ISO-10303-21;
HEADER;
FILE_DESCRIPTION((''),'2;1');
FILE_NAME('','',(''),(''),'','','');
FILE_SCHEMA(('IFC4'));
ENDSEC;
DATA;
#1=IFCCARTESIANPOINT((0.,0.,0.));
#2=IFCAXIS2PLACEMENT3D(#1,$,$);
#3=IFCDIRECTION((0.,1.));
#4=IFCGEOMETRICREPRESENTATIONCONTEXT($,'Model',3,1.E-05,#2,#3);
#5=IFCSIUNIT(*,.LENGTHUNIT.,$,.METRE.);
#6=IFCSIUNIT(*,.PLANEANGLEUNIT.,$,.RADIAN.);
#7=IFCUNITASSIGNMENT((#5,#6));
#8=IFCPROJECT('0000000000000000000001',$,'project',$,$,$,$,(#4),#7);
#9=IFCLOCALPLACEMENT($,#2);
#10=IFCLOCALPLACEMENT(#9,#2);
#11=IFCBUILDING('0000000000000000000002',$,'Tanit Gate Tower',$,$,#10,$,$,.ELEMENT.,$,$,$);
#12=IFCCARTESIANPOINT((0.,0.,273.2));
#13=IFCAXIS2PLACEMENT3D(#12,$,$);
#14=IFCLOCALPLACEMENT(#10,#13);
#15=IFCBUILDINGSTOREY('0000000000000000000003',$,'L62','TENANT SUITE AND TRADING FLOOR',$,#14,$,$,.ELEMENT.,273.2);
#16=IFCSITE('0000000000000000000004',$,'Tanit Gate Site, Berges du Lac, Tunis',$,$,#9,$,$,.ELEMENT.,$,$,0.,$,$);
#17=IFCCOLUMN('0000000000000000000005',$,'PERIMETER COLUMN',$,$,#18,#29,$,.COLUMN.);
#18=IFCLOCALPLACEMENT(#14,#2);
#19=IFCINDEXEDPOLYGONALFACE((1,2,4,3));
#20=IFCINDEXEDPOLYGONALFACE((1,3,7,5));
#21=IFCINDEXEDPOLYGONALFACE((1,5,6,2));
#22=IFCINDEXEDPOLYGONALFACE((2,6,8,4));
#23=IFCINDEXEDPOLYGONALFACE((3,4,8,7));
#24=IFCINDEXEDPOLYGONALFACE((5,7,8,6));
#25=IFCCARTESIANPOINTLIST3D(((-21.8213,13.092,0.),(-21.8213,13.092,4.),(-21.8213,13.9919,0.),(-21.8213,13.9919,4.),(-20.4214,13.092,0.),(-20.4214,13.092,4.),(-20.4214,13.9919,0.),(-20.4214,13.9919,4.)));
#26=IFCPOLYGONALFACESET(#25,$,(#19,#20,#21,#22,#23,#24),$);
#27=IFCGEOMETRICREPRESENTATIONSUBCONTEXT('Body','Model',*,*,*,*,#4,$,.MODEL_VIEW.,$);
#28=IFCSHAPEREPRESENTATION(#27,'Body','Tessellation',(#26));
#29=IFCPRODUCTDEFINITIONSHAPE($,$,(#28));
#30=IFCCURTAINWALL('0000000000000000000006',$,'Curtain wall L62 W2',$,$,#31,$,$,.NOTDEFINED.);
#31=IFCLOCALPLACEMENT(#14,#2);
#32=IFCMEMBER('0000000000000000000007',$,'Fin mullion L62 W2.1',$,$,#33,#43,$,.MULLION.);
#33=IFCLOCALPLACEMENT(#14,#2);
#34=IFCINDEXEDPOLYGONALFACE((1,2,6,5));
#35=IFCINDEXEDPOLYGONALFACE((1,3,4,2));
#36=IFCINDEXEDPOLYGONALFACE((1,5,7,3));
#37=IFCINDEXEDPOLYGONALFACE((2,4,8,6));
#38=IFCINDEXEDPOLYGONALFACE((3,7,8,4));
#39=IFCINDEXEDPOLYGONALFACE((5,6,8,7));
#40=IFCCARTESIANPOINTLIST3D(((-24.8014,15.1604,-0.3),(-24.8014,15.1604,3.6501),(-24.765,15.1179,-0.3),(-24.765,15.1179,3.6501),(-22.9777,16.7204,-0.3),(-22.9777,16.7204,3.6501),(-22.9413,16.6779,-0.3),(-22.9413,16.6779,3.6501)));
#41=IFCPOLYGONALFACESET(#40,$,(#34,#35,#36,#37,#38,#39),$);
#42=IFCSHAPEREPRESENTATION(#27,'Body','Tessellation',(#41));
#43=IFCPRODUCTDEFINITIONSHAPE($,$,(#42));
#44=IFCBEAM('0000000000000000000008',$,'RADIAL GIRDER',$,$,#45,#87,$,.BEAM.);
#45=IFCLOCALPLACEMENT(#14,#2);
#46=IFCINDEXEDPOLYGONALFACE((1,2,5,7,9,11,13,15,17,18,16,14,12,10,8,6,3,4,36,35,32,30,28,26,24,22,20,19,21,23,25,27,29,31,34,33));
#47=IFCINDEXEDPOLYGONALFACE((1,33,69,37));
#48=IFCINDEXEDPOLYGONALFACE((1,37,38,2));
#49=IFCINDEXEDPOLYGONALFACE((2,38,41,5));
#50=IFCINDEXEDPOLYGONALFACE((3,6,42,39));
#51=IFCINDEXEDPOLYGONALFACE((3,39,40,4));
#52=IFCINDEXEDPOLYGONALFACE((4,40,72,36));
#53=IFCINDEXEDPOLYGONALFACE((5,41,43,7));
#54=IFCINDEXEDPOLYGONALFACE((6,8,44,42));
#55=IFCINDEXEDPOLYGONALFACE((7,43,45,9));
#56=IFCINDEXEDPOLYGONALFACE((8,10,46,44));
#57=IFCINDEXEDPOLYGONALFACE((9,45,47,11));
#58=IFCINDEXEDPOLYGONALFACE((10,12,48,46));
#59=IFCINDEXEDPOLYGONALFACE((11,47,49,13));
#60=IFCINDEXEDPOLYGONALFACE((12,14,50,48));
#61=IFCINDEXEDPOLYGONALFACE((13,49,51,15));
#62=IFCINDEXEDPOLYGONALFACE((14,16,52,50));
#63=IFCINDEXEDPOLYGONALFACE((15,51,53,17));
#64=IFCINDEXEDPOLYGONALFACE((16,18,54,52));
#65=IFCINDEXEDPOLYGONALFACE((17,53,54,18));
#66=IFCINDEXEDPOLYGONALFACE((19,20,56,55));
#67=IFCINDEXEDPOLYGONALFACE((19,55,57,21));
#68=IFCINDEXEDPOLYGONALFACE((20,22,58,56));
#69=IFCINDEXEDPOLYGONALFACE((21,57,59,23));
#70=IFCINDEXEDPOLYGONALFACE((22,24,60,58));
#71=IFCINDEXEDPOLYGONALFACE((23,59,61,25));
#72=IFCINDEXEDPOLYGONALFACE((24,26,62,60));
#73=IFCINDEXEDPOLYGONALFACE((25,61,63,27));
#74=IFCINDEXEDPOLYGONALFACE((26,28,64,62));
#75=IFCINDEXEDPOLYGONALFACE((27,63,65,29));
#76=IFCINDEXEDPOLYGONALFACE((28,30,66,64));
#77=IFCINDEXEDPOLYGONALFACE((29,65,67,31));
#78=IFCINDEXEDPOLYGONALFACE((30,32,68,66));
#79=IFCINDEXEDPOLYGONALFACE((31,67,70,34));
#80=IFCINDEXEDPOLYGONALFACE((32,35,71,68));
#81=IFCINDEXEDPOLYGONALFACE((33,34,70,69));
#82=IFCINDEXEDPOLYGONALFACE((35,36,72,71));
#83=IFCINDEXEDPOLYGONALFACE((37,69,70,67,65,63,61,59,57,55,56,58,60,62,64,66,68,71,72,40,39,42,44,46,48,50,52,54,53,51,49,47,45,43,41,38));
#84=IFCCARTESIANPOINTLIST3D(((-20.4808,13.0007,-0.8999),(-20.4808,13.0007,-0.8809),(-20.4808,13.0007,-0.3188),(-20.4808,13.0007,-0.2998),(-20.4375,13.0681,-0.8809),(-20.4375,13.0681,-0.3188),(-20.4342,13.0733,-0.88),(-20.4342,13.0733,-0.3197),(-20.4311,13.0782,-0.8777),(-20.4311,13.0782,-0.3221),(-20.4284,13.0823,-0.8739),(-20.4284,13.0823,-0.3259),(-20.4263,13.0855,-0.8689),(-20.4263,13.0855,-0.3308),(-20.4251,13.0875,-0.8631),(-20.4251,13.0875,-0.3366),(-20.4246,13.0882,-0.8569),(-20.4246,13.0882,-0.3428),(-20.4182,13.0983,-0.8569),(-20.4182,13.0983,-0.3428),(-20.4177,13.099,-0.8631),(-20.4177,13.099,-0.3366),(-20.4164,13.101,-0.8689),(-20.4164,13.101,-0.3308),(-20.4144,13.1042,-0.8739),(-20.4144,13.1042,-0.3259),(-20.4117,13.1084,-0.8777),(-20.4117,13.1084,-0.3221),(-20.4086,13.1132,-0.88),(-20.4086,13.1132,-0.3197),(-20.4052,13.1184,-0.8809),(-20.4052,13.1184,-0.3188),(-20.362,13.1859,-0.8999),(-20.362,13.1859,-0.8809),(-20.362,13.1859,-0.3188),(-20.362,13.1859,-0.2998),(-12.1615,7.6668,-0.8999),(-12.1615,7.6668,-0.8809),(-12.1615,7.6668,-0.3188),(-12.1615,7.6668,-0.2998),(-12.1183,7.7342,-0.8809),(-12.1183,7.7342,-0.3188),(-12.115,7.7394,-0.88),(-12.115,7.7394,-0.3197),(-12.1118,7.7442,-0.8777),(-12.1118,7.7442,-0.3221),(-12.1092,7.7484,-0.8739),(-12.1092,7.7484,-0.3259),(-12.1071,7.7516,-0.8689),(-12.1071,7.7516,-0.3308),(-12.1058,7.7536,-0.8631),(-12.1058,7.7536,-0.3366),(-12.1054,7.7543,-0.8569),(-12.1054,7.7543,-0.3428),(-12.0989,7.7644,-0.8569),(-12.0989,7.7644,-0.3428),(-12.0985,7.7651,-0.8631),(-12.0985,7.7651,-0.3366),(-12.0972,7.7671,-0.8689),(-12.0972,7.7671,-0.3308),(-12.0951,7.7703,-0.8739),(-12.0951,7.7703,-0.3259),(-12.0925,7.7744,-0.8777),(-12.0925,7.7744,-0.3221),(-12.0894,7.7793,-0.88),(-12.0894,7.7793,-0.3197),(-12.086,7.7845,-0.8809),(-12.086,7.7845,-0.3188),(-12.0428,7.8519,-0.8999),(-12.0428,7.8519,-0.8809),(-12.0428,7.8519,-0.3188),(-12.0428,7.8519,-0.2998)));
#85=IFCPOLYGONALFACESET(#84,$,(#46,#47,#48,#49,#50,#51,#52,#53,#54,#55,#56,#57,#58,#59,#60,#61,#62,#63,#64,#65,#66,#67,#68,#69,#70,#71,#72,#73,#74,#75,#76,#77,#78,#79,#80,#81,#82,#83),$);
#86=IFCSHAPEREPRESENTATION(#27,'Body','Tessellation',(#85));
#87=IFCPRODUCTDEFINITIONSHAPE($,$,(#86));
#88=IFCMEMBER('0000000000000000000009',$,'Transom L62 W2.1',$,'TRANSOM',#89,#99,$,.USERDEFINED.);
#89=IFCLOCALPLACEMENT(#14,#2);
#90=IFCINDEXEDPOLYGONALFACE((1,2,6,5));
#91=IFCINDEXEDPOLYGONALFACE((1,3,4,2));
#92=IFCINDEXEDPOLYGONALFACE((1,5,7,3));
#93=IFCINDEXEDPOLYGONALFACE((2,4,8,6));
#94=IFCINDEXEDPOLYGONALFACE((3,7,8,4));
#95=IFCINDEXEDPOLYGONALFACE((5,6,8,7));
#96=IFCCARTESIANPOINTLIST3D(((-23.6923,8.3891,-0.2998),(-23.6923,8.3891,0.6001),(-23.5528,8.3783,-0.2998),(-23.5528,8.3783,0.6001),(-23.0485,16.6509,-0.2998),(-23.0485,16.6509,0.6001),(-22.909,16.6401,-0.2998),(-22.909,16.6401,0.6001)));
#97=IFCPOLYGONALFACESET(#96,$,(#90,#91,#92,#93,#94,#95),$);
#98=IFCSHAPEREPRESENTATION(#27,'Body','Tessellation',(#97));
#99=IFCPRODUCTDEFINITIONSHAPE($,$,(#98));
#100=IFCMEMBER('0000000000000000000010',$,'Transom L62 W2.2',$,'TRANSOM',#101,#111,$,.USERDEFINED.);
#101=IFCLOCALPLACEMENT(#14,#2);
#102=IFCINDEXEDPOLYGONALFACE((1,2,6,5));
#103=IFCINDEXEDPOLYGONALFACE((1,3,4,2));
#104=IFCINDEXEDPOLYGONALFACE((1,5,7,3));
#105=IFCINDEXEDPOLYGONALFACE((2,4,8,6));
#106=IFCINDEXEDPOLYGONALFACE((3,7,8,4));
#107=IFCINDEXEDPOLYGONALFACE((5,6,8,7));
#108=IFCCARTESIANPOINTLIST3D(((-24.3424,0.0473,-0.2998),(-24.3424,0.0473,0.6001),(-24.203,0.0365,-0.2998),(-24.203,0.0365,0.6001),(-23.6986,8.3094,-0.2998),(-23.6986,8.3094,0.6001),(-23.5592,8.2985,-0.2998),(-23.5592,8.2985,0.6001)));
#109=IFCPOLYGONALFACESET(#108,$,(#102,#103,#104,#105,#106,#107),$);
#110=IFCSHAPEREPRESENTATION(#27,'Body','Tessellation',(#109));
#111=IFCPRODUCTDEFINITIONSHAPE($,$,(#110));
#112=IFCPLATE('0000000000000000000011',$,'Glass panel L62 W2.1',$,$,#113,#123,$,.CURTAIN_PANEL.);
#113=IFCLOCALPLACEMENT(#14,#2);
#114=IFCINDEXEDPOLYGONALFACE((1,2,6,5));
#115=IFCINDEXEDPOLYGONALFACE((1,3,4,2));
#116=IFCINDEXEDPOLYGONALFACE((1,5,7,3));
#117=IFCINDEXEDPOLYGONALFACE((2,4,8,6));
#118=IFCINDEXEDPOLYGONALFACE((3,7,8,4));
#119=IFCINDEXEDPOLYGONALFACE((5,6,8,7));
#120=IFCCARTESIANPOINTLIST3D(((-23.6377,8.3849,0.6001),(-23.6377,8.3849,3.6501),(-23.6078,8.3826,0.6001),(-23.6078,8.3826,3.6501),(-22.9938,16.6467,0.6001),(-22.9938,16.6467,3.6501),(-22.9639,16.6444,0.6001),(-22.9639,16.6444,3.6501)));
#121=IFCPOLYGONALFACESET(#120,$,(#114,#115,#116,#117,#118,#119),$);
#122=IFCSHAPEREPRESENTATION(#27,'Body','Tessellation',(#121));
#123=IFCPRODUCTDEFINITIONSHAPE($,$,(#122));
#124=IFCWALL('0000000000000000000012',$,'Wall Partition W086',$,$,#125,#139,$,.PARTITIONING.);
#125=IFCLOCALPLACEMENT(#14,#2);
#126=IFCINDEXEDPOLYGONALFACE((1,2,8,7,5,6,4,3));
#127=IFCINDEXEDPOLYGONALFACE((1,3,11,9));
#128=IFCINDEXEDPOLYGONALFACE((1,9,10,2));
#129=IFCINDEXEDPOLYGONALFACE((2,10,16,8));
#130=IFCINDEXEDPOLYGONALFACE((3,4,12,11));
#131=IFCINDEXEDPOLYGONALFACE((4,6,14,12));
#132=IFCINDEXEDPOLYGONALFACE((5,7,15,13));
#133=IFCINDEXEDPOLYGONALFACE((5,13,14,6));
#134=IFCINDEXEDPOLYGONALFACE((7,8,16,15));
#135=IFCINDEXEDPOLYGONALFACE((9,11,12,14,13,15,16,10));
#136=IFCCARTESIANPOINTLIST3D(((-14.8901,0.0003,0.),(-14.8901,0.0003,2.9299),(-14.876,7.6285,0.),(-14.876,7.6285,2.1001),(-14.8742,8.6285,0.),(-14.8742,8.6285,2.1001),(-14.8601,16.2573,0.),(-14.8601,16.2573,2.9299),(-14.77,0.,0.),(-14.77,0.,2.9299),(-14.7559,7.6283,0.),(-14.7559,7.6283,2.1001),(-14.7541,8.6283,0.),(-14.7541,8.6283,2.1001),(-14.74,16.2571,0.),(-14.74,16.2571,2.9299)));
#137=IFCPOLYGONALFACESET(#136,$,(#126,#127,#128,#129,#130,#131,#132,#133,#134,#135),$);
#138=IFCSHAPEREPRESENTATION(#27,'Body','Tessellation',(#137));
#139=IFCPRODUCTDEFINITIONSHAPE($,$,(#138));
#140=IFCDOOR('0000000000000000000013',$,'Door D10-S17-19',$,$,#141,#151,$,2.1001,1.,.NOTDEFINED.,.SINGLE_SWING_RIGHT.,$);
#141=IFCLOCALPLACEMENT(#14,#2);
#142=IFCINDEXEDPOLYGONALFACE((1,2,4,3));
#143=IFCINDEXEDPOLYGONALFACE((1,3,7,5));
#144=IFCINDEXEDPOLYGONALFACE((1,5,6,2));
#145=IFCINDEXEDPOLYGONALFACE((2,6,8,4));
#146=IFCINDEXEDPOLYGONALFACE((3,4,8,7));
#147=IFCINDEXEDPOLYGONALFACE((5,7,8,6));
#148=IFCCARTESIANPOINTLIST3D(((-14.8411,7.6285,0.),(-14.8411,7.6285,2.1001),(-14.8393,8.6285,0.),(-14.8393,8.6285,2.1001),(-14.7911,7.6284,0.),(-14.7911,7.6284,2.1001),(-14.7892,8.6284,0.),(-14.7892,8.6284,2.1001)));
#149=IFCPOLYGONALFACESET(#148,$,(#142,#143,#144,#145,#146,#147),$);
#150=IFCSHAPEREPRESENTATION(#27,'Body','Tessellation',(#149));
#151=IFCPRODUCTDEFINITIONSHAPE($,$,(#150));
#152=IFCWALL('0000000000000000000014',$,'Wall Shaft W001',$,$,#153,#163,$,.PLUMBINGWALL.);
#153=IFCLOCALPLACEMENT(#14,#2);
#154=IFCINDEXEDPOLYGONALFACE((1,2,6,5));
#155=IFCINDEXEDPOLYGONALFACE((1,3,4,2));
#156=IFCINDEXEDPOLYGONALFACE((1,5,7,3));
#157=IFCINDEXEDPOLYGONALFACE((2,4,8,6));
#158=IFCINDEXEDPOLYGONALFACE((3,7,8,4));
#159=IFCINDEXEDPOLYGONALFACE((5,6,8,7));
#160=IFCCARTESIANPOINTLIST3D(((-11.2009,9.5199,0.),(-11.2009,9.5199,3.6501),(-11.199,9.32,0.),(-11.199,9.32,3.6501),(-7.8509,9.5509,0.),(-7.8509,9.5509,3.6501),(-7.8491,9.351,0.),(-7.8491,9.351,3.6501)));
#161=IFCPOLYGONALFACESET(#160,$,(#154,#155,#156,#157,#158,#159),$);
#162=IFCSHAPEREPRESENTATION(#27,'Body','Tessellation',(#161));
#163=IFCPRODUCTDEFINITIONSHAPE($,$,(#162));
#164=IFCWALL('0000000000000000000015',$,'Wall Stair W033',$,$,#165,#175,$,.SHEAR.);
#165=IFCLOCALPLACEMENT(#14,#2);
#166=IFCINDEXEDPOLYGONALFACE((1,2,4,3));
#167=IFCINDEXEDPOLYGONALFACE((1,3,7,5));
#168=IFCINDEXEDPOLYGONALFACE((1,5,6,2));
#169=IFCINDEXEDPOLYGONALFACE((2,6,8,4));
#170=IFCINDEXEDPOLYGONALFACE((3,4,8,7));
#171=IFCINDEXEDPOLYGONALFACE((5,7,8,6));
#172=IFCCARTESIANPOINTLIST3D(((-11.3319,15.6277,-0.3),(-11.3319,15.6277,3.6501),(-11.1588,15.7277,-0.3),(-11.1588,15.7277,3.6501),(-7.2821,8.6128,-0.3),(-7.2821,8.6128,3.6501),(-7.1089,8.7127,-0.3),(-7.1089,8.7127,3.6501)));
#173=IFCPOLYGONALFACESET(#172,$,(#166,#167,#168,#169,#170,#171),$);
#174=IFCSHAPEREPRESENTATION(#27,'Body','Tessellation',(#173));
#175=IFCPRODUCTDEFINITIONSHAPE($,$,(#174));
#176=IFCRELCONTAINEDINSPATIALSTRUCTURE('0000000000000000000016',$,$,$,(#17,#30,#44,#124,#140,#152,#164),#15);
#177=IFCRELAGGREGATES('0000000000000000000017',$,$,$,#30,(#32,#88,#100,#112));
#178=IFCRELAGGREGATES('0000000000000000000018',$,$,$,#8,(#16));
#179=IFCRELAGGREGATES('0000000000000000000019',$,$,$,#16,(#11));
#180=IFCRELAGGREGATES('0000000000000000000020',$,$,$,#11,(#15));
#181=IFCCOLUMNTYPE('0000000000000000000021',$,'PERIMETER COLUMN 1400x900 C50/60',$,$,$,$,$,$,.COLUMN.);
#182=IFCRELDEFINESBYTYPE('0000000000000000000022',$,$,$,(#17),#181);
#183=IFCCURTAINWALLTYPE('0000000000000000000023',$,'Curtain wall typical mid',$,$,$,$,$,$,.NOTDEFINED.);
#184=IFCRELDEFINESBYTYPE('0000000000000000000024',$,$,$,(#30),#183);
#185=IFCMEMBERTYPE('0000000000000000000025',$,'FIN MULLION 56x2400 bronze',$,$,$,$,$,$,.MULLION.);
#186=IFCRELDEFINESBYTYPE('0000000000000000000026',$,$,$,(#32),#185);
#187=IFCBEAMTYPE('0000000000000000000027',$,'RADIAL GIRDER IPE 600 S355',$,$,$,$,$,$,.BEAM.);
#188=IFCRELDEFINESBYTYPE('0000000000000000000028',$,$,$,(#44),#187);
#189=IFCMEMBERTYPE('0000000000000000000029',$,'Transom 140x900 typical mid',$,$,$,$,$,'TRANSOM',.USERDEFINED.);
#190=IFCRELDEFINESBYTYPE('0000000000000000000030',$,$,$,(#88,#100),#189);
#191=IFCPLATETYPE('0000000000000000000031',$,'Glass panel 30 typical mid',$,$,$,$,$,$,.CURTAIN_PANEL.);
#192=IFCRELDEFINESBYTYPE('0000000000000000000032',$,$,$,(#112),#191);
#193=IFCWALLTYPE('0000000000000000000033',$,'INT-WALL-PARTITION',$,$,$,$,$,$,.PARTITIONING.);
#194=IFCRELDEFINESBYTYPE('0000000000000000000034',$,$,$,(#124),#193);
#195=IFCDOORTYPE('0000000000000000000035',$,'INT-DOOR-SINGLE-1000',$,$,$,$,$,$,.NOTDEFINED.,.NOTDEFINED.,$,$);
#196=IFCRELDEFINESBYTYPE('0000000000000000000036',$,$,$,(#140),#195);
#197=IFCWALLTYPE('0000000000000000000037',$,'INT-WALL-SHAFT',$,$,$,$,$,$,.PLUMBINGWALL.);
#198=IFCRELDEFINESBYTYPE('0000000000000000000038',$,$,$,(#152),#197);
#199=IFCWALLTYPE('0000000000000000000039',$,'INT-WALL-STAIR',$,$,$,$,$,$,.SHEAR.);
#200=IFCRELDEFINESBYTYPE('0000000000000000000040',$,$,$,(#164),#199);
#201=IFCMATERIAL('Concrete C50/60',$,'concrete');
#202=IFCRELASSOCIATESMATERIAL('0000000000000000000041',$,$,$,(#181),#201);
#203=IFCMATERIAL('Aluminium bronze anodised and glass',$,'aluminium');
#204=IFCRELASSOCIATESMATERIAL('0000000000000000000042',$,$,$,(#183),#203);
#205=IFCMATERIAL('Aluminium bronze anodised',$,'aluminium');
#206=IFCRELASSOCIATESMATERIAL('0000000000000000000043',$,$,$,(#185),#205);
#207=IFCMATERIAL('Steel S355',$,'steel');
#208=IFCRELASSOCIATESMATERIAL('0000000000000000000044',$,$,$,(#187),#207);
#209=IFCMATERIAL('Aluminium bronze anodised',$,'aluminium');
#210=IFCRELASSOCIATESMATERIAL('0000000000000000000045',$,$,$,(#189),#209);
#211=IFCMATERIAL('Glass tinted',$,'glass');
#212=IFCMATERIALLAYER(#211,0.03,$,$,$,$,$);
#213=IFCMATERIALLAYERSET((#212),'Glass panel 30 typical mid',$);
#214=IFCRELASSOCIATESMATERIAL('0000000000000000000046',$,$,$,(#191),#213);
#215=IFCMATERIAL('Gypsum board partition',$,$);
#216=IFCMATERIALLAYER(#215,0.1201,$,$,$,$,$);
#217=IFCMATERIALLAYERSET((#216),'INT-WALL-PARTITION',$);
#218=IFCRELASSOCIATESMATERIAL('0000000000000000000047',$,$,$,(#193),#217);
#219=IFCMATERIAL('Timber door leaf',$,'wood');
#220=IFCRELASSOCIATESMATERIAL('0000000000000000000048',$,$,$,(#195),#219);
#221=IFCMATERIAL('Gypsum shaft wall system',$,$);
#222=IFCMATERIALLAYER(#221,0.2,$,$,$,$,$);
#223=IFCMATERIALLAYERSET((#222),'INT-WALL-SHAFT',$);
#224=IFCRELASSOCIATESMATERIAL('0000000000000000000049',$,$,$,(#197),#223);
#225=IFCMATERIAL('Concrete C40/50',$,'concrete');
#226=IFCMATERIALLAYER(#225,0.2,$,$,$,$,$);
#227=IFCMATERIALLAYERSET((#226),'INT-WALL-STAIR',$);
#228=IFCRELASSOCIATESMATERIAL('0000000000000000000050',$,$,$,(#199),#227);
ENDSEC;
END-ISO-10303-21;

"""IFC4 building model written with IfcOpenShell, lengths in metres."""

from ifc_helpers import new_model, si_unit, direction, frame, frame_2d, origin, origin_2d, place, context, subcontext, project, spatial, rectangle, i_section, extrude, material, layer, layer_set, material_profile, profile_set, type_object, element, fill, aggregate, save


model = new_model("IFC4")

# Units and contexts
model_context = context("Model", 3, precision=1e-05, world=origin(), true_north=direction((0.0, 1.0)))
body_context = subcontext(model_context, "Body", "Model", "MODEL_VIEW")
ifc_project = project(units=[si_unit("LENGTHUNIT", "METRE"), si_unit("PLANEANGLEUNIT", "RADIAN")], contexts=[model_context])

# Site, building, storey
site_placement = place(None, origin())
site = spatial("IfcSite", under=ifc_project, at=site_placement, Name="Tanit Gate Site, Berges du Lac, Tunis", CompositionType="ELEMENT", RefElevation=0.0)
building_placement = place(site_placement, origin())
building = spatial("IfcBuilding", under=site, at=building_placement, Name="Tanit Gate Tower", CompositionType="ELEMENT")
storey_placement = place(building_placement, frame((0.0, 0.0, 273.2)))
storey = spatial("IfcBuildingStorey", under=building, at=storey_placement, Name="L62", Description="TENANT SUITE AND TRADING FLOOR", CompositionType="ELEMENT", Elevation=273.2)

# Column
ifc_material_1 = material(Name="Concrete C50/60", Category="concrete")
ifc_material_profile_1 = material_profile(ifc_material_1, rectangle(XDim=1.3999, YDim=0.8999, at=origin_2d()), Name="RC 1400x900")
ifc_profile_set_1 = profile_set([ifc_material_profile_1], Name="Concrete C50/60")
column_type = type_object("IfcColumnType", Name="PERIMETER COLUMN 1400x900 C50/60", PredefinedType="COLUMN", material=ifc_profile_set_1)
column_placement = place(storey_placement, frame((-21.1213, 13.542, 0.0), z_axis=(0.0, 0.0, 1.0), x_axis=(-1.0, 0.0, 0.0)))
element("IfcColumn", 1, at=column_placement, inside=storey, type_object=column_type, Name="PERIMETER COLUMN", PredefinedType="COLUMN", context=body_context, shape_type="SweptSolid", body=[
    extrude(rectangle(XDim=1.3999, YDim=0.8999, at=origin_2d()), origin(), (0.0, 0.0, 1.0), 4.0),
])

# Curtain wall, member
ifc_material_2 = material(Name="Aluminium bronze anodised and glass", Category="aluminium")
curtain_wall_type = type_object("IfcCurtainWallType", Name="Curtain wall typical mid", PredefinedType="NOTDEFINED", material=ifc_material_2)
curtain_wall_placement = place(storey_placement, origin())
curtain_wall = element("IfcCurtainWall", 2, at=curtain_wall_placement, inside=storey, type_object=curtain_wall_type, Name="Curtain wall L62 W2", PredefinedType="NOTDEFINED")
ifc_material_3 = material(Name="Aluminium bronze anodised", Category="aluminium")
ifc_material_profile_2 = material_profile(ifc_material_3, rectangle(XDim=2.3999, YDim=0.0559, at=origin_2d()), Name="56x2400 bronze fin mullion")
ifc_profile_set_2 = profile_set([ifc_material_profile_2], Name="Aluminium bronze anodised")
member_type_1 = type_object("IfcMemberType", Name="FIN MULLION 56x2400 bronze", PredefinedType="MULLION", material=ifc_profile_set_2)
member_1_placement = place(storey_placement, frame((-23.8713, 15.9192, -0.3), z_axis=(0.0, 0.0, 1.0), x_axis=(0.759912, 0.650026, 0.0)))
member_1 = element("IfcMember", 3, at=member_1_placement, type_object=member_type_1, Name="Fin mullion L62 W2.1", PredefinedType="MULLION", context=body_context, shape_type="SweptSolid", body=[
    extrude(rectangle(XDim=2.3999, YDim=0.0559, at=origin_2d()), origin(), (0.0, 0.0, 1.0), 3.9502),
])

# Beam
ifc_material_4 = material(Name="Steel S355", Category="steel")
ifc_material_profile_3 = material_profile(ifc_material_4, i_section(OverallWidth=0.22, OverallDepth=0.6001, WebThickness=0.012, FlangeThickness=0.019, FilletRadius=0.0239, at=origin_2d()), Name="IPE 600")
ifc_profile_set_3 = profile_set([ifc_material_profile_3], Name="Steel S355")
beam_type = type_object("IfcBeamType", Name="RADIAL GIRDER IPE 600 S355", PredefinedType="BEAM", material=ifc_profile_set_3)
beam_placement = place(storey_placement, frame((-20.4214, 13.0933, -0.5999), z_axis=(0.84183, -0.539743, 0.0), x_axis=(0.539743, 0.84183, 0.0)))
element("IfcBeam", 4, at=beam_placement, inside=storey, type_object=beam_type, Name="RADIAL GIRDER", PredefinedType="BEAM", context=body_context, shape_type="SweptSolid", body=[
    extrude(i_section(OverallWidth=0.22, OverallDepth=0.6001, WebThickness=0.012, FlangeThickness=0.019, FilletRadius=0.0239, at=origin_2d()), origin(), (0.0, 0.0, 1.0), 9.8823),
])

# Members
ifc_material_5 = material(Name="Aluminium bronze anodised", Category="aluminium")
ifc_material_profile_4 = material_profile(ifc_material_5, rectangle(XDim=0.1399, YDim=0.8999, at=origin_2d()), Name="140x900 bronze transom")
ifc_profile_set_4 = profile_set([ifc_material_profile_4], Name="Aluminium bronze anodised")
member_type_2 = type_object("IfcMemberType", Name="Transom 140x900 typical mid", ElementType="TRANSOM", PredefinedType="USERDEFINED", material=ifc_profile_set_4)
member_2_placement = place(storey_placement, frame((-22.9788, 16.6455, 0.1501), z_axis=(-0.07769, -0.996978, 0.0), x_axis=(0.996978, -0.07769, 0.0)))
member_2 = element("IfcMember", 5, at=member_2_placement, type_object=member_type_2, Name="Transom L62 W2.1", ObjectType="TRANSOM", PredefinedType="USERDEFINED", context=body_context, shape_type="SweptSolid", body=[
    extrude(rectangle(XDim=0.1399, YDim=0.8999, at=origin_2d()), origin(), (0.0, 0.0, 1.0), 8.2869),
])
member_3_placement = place(storey_placement, frame((-23.6289, 8.304, 0.1501), z_axis=(-0.077688, -0.996978, 0.0), x_axis=(0.996978, -0.077688, 0.0)))
member_3 = element("IfcMember", 6, at=member_3_placement, type_object=member_type_2, Name="Transom L62 W2.2", ObjectType="TRANSOM", PredefinedType="USERDEFINED", context=body_context, shape_type="SweptSolid", body=[
    extrude(rectangle(XDim=0.1399, YDim=0.8999, at=origin_2d()), origin(), (0.0, 0.0, 1.0), 8.2871),
])

# Plate
ifc_material_6 = material(Name="Glass tinted", Category="glass")
ifc_layer_1 = layer(ifc_material_6, 0.03)
ifc_layer_set_1 = layer_set([ifc_layer_1], Name="Glass panel 30 typical mid")
plate_type = type_object("IfcPlateType", Name="Glass panel 30 typical mid", PredefinedType="CURTAIN_PANEL", material=ifc_layer_set_1)
plate_placement = place(storey_placement, frame((-23.3008, 12.5146, 0.6001), z_axis=(0.0, 0.0, 1.0), x_axis=(-0.077701, -0.996977, 0.0)))
plate = element("IfcPlate", 7, at=plate_placement, type_object=plate_type, Name="Glass panel L62 W2.1", PredefinedType="CURTAIN_PANEL", context=body_context, shape_type="SweptSolid", body=[
    extrude(rectangle(XDim=8.2869, YDim=0.03, at=origin_2d()), origin(), (0.0, 0.0, 1.0), 3.05),
])
aggregate(curtain_wall, [member_1, member_2, member_3, plate])

# Wall, opening, door
ifc_material_7 = material(Name="Gypsum board partition")
ifc_layer_2 = layer(ifc_material_7, 0.1201)
ifc_layer_set_2 = layer_set([ifc_layer_2], Name="INT-WALL-PARTITION")
wall_type_1 = type_object("IfcWallType", Name="INT-WALL-PARTITION", PredefinedType="PARTITIONING", material=ifc_layer_set_2)
wall_1_placement = place(storey_placement, frame((-14.8, 16.2571, 0.0), z_axis=(0.0, 0.0, 1.0), x_axis=(-0.001847, -0.999998, 0.0)))
wall_1 = element("IfcWall", 8, at=wall_1_placement, inside=storey, type_object=wall_type_1, Name="Wall Partition W086", PredefinedType="PARTITIONING", context=body_context, shape_type="SweptSolid", body=[
    extrude(rectangle(XDim=16.2571, YDim=0.1201, at=frame_2d((8.1284, 0.0))), origin(), (0.0, 0.0, 1.0), 2.9299),
])
opening_1_placement = place(wall_1_placement, frame((7.6287, 0.0, 0.0)))
opening_1 = element("IfcOpeningElement", 9, at=opening_1_placement, cuts=wall_1, PredefinedType="OPENING", context=body_context, shape_type="SweptSolid", body=[
    extrude(rectangle(XDim=1.0, YDim=2.1001, at=frame_2d((0.5, 1.05))), frame((0.0, 0.0701, 0.0), z_axis=(0.0, -1.0, 0.0), x_axis=(1.0, 0.0, 0.0)), (0.0, 0.0, 1.0), 0.1401),
])
ifc_material_8 = material(Name="Timber door leaf", Category="wood")
door_type_1 = type_object("IfcDoorType", Name="INT-DOOR-SINGLE-1000", OperationType="NOTDEFINED", PredefinedType="NOTDEFINED", material=ifc_material_8)
door_1_placement = place(opening_1_placement, origin())
door_1 = element("IfcDoor", 10, at=door_1_placement, inside=storey, type_object=door_type_1, Name="Door D10-S17-19", OperationType="SINGLE_SWING_RIGHT", OverallHeight=2.1001, OverallWidth=1.0, PredefinedType="NOTDEFINED", context=body_context, shape_type="SweptSolid", body=[
    extrude(rectangle(XDim=1.0, YDim=2.1001, at=frame_2d((0.5, 1.05))), frame((0.0, 0.0249, 0.0), z_axis=(0.0, -1.0, 0.0), x_axis=(1.0, 0.0, 0.0)), (0.0, 0.0, 1.0), 0.05),
])
fill(opening_1, door_1)

# Walls
ifc_material_9 = material(Name="Gypsum shaft wall system")
ifc_layer_3 = layer(ifc_material_9, 0.2)
ifc_layer_set_3 = layer_set([ifc_layer_3], Name="INT-WALL-SHAFT")
wall_type_2 = type_object("IfcWallType", Name="INT-WALL-SHAFT", PredefinedType="PLUMBINGWALL", material=ifc_layer_set_3)
wall_2_placement = place(storey_placement, frame((-11.2, 9.4199, 0.0), z_axis=(0.0, 0.0, 1.0), x_axis=(0.999957, 0.009255, 0.0)))
element("IfcWall", 11, at=wall_2_placement, inside=storey, type_object=wall_type_2, Name="Wall Shaft W001", PredefinedType="PLUMBINGWALL", context=body_context, shape_type="SweptSolid", body=[
    extrude(rectangle(XDim=3.3501, YDim=0.2, at=frame_2d((1.675, 0.0))), origin(), (0.0, 0.0, 1.0), 3.6501),
])
ifc_material_10 = material(Name="Concrete C40/50", Category="concrete")
ifc_layer_4 = layer(ifc_material_10, 0.2)
ifc_layer_set_4 = layer_set([ifc_layer_4], Name="INT-WALL-STAIR")
wall_type_3 = type_object("IfcWallType", Name="INT-WALL-STAIR", PredefinedType="SHEAR", material=ifc_layer_set_4)
wall_3_placement = place(storey_placement, frame((-11.2454, 15.6777, -0.3), z_axis=(0.0, 0.0, 1.0), x_axis=(0.499977, -0.866039, 0.0)))
element("IfcWall", 12, at=wall_3_placement, inside=storey, type_object=wall_type_3, Name="Wall Stair W033", PredefinedType="SHEAR", context=body_context, shape_type="SweptSolid", body=[
    extrude(rectangle(XDim=8.1001, YDim=0.2, at=frame_2d((4.05, 0.0))), origin(), (0.0, 0.0, 1.0), 3.9502),
])

save(model, "model.ifc")
